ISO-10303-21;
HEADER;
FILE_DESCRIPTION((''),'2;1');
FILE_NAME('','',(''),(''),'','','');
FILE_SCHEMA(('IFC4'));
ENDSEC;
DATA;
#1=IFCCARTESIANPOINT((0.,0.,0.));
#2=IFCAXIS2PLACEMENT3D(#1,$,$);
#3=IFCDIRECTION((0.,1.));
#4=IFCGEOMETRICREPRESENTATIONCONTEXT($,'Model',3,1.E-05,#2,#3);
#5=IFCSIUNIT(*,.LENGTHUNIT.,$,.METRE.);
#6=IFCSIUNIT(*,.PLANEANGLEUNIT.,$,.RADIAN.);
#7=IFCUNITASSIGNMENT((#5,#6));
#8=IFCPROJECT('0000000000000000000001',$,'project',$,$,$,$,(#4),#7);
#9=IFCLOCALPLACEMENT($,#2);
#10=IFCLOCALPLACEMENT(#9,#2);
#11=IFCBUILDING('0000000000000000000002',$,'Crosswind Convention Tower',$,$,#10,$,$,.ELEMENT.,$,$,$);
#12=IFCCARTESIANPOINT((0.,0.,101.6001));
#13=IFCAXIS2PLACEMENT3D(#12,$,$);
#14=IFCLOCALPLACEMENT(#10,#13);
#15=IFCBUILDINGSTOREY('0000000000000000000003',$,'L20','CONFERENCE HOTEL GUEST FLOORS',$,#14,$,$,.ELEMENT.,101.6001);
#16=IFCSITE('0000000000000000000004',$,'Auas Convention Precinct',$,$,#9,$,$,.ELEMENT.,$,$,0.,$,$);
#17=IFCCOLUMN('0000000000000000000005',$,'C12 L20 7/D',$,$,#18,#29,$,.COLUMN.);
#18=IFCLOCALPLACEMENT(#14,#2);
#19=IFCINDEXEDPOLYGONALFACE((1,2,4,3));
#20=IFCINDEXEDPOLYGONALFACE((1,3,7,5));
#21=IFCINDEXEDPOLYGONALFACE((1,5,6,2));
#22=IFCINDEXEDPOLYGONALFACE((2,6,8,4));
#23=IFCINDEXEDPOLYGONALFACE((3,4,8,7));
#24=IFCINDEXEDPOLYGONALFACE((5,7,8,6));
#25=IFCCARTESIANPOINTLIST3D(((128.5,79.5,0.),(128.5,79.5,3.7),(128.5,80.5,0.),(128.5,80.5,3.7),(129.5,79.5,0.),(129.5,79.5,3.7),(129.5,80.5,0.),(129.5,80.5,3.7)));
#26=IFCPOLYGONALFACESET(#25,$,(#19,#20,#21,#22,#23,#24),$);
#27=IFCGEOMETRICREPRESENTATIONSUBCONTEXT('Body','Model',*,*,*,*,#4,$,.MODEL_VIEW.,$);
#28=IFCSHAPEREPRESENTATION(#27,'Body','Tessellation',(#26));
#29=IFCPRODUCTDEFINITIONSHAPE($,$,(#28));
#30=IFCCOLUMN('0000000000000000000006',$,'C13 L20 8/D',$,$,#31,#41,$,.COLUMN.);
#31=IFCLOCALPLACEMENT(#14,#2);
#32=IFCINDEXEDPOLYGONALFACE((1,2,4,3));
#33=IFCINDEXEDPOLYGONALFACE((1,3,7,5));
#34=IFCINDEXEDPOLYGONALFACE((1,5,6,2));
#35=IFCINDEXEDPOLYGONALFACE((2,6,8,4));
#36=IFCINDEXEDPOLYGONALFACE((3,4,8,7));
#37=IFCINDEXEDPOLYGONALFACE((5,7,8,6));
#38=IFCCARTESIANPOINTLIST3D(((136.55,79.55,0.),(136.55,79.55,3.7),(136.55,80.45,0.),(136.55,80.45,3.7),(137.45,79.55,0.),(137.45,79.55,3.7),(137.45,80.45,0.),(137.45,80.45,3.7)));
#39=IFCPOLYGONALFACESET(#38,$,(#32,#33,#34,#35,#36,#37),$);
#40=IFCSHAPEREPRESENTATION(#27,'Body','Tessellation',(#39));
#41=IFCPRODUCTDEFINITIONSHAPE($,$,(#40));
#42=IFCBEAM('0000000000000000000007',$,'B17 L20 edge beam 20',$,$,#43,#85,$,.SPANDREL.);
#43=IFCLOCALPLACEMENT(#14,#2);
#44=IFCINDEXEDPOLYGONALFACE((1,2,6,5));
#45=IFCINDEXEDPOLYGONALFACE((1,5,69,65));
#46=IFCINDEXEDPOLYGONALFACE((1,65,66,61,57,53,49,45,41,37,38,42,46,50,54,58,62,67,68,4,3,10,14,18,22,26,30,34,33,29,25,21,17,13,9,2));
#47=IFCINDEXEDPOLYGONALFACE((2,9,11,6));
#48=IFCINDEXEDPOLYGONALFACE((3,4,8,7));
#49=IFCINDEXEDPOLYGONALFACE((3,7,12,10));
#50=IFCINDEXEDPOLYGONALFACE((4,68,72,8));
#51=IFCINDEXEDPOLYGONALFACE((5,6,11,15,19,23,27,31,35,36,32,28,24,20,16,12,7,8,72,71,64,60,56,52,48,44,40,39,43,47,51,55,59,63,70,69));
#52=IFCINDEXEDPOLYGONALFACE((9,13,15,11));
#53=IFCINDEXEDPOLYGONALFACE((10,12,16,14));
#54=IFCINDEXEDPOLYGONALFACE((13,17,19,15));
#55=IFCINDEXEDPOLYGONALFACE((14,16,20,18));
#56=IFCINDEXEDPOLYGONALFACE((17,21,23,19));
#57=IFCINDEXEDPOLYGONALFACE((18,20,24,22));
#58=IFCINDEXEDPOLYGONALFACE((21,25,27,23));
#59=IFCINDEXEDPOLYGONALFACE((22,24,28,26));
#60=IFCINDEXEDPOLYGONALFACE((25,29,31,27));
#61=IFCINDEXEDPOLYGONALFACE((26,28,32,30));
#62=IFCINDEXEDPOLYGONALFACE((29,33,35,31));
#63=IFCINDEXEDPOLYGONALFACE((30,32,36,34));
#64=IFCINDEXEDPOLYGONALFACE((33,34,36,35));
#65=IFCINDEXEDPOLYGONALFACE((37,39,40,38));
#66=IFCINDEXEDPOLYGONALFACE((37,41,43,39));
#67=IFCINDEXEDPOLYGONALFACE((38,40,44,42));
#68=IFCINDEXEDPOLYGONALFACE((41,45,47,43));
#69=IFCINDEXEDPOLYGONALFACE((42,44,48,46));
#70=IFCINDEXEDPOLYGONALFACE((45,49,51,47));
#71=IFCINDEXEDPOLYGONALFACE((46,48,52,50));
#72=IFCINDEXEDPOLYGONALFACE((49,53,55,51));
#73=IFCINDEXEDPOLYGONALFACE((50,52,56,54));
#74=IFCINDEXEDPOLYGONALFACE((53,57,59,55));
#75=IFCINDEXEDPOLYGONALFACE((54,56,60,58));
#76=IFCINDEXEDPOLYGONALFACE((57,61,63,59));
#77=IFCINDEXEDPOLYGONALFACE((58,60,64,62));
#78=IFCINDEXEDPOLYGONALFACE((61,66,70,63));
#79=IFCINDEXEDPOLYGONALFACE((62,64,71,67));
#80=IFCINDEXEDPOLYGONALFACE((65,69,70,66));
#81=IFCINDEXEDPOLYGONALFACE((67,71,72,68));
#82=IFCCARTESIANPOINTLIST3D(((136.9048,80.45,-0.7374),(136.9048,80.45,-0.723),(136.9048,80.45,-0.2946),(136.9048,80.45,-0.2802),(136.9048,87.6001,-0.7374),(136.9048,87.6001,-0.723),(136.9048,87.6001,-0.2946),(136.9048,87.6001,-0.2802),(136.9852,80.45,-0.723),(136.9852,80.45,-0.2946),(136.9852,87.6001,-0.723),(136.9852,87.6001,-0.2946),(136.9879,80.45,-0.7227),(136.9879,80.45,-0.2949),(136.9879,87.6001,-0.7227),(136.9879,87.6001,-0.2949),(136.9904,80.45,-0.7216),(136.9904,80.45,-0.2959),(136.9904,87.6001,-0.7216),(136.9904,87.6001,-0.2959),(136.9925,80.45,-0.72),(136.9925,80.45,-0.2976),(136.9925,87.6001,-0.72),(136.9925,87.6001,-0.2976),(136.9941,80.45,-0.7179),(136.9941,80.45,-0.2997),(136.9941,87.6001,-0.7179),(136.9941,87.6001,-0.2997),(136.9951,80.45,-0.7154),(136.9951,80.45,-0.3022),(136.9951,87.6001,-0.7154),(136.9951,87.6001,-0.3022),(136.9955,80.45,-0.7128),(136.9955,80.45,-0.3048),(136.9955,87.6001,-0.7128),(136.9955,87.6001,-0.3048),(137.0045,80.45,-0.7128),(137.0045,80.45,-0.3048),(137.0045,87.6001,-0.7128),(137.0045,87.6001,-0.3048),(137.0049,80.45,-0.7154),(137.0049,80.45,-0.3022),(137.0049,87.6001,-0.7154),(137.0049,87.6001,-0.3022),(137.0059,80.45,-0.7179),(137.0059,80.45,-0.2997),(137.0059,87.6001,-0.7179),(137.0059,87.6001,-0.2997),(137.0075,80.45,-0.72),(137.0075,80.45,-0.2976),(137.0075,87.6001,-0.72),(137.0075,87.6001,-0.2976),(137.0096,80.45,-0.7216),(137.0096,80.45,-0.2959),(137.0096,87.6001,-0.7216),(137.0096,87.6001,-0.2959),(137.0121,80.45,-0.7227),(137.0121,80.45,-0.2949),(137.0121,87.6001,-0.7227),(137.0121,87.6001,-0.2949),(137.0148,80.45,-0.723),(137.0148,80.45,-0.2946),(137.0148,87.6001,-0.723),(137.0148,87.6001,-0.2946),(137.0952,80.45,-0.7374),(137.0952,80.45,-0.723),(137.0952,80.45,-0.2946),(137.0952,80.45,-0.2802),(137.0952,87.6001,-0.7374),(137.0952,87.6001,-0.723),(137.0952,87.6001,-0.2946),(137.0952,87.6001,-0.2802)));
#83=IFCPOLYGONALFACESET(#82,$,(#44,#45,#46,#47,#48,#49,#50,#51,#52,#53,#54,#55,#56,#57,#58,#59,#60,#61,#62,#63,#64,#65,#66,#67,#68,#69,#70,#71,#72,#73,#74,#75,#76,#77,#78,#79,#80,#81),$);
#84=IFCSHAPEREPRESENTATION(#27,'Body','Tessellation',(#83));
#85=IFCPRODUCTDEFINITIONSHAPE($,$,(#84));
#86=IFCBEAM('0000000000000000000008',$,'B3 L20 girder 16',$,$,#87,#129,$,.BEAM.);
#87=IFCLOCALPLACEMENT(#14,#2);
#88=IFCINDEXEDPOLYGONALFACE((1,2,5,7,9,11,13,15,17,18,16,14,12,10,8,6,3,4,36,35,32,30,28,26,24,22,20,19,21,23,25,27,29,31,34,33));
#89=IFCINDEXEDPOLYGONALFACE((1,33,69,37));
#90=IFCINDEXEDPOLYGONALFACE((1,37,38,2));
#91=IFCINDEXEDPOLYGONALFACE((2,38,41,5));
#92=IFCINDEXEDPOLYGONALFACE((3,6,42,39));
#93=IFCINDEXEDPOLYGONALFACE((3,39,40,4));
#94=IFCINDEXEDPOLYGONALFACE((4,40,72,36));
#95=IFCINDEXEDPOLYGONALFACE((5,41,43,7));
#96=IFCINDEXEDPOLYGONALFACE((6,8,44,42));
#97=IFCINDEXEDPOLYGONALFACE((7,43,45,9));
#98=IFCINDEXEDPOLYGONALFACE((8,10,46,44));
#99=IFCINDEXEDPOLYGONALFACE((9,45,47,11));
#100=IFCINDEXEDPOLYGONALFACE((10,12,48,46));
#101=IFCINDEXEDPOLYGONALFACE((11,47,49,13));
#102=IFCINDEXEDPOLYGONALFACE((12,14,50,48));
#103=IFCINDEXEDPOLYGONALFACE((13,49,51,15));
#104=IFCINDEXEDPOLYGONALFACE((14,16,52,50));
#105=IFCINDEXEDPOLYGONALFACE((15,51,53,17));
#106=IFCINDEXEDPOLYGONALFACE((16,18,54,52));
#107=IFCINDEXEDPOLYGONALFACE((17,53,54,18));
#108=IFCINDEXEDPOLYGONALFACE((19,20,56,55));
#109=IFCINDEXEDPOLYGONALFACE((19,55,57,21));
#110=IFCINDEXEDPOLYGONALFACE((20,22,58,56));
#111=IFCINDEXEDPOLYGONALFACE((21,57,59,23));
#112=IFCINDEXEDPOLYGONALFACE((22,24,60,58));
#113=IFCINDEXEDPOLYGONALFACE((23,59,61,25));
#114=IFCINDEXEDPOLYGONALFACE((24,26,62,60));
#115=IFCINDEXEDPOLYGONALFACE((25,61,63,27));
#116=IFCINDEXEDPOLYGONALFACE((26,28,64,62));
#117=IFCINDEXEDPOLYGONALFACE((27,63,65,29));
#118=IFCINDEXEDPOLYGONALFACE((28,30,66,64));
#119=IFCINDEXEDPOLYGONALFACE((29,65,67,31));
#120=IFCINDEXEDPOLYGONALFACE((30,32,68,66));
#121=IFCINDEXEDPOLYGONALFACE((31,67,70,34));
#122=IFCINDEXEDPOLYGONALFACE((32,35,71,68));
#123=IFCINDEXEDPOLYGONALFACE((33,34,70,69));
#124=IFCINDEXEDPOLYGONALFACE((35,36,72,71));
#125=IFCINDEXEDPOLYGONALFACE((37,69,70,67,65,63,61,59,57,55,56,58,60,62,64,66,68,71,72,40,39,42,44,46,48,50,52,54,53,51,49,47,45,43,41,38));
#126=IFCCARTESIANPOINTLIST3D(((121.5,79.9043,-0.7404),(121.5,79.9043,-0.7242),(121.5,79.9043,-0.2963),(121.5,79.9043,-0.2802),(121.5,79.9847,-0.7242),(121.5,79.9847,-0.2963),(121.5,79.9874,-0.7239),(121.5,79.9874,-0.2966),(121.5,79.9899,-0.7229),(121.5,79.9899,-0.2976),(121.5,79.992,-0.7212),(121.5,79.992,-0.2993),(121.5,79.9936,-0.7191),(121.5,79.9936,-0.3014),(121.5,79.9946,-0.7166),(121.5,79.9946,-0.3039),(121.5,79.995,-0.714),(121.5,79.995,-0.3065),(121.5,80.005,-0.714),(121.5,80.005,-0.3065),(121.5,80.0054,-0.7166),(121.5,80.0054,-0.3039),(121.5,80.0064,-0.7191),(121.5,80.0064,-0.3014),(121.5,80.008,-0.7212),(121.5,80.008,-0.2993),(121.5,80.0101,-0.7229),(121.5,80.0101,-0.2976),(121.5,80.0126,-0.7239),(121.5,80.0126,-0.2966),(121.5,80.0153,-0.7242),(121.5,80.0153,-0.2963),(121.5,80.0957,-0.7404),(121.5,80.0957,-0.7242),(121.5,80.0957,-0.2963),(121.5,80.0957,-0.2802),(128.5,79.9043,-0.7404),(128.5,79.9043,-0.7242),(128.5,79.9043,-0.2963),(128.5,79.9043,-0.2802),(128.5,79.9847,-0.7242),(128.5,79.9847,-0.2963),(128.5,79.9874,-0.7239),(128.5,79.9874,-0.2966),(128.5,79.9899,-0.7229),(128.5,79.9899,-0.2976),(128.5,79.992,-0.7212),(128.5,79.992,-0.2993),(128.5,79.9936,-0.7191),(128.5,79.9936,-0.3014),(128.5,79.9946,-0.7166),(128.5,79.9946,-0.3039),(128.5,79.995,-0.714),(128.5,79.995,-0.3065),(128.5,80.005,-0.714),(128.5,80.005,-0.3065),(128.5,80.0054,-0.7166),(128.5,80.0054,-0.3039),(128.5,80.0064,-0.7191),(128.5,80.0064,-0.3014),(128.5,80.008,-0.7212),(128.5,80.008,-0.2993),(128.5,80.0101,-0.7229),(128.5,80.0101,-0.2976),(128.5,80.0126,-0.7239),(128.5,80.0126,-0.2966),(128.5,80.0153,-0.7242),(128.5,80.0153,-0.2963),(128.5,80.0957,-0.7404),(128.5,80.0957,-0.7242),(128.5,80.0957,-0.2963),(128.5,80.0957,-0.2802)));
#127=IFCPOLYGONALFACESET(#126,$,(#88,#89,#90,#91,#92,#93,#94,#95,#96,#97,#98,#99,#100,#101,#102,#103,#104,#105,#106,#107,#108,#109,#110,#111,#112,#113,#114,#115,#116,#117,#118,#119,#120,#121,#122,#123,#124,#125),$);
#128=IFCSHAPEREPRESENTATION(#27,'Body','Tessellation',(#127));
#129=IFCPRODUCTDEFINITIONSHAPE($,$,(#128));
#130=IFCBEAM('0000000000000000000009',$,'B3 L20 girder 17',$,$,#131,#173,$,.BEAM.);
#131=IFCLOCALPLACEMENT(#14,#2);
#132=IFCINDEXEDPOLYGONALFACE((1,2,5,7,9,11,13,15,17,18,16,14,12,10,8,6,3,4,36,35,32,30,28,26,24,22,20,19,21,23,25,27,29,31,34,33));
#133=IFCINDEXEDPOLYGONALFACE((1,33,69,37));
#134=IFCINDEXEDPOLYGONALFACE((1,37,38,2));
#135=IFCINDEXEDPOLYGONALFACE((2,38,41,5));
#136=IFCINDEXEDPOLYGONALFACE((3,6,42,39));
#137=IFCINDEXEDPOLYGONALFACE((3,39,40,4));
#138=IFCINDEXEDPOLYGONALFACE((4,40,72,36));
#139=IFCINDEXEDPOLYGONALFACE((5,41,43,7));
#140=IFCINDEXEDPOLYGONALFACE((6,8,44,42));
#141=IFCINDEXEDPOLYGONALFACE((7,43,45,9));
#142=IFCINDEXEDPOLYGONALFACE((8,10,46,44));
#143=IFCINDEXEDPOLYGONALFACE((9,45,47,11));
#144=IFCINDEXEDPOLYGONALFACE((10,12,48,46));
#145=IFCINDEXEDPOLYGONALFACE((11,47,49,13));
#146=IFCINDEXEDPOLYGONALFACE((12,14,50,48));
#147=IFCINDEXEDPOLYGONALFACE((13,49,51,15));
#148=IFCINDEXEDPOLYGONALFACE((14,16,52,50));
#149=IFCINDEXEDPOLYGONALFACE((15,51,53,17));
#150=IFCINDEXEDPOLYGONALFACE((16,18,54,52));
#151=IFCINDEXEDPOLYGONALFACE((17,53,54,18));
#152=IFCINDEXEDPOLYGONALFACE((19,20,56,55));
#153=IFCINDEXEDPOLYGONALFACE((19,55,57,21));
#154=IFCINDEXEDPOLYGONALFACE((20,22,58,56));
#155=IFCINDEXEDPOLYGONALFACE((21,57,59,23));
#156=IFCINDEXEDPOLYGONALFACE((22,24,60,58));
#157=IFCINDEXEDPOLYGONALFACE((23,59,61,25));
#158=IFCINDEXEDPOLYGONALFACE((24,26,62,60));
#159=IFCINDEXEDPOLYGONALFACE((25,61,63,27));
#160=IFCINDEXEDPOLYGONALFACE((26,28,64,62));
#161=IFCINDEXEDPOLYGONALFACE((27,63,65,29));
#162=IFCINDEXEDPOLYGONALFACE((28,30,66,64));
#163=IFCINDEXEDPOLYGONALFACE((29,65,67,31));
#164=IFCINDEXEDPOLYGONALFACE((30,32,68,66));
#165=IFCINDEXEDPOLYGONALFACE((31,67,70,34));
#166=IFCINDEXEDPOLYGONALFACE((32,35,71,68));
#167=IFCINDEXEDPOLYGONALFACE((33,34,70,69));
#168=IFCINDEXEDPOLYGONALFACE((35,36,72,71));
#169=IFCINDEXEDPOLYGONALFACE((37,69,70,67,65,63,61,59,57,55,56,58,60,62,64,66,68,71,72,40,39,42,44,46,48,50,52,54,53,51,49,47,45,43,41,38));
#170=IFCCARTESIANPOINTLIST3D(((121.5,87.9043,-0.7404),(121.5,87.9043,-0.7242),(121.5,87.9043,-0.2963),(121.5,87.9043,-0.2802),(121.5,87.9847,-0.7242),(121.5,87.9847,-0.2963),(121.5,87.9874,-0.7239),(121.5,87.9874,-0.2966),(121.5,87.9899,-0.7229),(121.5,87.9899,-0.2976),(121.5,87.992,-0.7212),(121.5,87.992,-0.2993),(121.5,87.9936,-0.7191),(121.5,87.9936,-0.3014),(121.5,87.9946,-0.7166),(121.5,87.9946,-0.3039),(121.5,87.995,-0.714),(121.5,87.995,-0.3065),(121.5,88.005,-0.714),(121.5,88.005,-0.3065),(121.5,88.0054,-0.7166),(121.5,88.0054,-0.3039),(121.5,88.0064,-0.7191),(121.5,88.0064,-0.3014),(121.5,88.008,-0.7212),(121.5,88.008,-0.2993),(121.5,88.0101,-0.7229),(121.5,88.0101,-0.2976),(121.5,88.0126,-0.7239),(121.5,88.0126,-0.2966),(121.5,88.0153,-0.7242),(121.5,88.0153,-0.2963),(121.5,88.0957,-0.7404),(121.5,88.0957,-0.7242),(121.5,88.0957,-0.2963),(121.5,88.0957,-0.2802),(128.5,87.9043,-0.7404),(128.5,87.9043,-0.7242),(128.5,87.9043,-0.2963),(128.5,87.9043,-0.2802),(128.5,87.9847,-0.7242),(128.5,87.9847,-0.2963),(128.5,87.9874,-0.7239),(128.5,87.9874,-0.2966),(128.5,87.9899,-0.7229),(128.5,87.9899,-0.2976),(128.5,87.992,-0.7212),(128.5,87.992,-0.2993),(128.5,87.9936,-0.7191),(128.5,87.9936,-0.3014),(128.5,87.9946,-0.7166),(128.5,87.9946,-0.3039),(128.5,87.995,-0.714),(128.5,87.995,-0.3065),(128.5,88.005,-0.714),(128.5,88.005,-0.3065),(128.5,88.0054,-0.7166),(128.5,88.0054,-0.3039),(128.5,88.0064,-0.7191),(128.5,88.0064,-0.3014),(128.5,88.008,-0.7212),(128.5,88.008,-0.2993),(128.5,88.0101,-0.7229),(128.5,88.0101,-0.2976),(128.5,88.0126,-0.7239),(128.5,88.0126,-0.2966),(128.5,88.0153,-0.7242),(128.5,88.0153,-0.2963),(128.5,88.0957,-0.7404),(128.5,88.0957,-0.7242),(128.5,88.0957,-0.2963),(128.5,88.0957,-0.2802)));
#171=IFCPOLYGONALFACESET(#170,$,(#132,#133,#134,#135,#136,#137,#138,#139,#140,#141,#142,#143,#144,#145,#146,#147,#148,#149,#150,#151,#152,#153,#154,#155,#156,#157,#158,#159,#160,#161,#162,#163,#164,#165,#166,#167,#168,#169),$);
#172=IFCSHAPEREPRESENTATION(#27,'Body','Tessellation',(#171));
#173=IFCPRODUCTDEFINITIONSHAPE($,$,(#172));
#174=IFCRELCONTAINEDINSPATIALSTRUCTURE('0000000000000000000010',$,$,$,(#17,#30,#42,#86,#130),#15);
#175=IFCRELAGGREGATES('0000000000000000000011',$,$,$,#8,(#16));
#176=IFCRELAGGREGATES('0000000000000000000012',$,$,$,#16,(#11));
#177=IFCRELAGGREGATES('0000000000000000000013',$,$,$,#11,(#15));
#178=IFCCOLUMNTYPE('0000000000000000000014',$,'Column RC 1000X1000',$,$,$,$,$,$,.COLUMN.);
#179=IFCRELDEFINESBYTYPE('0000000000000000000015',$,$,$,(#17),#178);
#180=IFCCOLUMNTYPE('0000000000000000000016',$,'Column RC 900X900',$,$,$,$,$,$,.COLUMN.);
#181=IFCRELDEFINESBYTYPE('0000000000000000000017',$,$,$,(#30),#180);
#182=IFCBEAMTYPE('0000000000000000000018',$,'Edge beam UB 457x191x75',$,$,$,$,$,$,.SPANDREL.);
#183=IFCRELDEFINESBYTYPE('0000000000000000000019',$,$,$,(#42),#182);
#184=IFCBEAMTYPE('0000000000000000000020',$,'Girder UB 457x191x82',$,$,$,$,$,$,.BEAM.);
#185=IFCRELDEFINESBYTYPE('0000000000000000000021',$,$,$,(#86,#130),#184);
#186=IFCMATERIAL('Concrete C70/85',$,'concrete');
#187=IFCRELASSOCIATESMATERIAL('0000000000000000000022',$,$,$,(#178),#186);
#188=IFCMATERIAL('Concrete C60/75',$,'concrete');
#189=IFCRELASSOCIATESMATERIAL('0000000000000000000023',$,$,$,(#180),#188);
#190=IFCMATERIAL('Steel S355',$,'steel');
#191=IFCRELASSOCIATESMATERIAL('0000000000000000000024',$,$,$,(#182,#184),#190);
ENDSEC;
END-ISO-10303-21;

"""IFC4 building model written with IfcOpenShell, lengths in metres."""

from ifc_helpers import new_model, si_unit, direction, frame, origin, origin_2d, place, context, subcontext, project, spatial, rectangle, i_section, extrude, material, material_profile, profile_set, type_object, element, save


model = new_model("IFC4")

# Units and contexts
model_context = context("Model", 3, precision=1e-05, world=origin(), true_north=direction((0.0, 1.0)))
body_context = subcontext(model_context, "Body", "Model", "MODEL_VIEW")
ifc_project = project(units=[si_unit("LENGTHUNIT", "METRE"), si_unit("PLANEANGLEUNIT", "RADIAN")], contexts=[model_context])

# Site, building, storey
site_placement = place(None, origin())
site = spatial("IfcSite", under=ifc_project, at=site_placement, Name="Auas Convention Precinct", CompositionType="ELEMENT", RefElevation=0.0)
building_placement = place(site_placement, origin())
building = spatial("IfcBuilding", under=site, at=building_placement, Name="Crosswind Convention Tower", CompositionType="ELEMENT")
storey_placement = place(building_placement, frame((0.0, 0.0, 101.6001)))
storey = spatial("IfcBuildingStorey", under=building, at=storey_placement, Name="L20", Description="CONFERENCE HOTEL GUEST FLOORS", CompositionType="ELEMENT", Elevation=101.6001)

# Columns
ifc_material_1 = material(Name="Concrete C70/85", Category="concrete")
ifc_material_profile_1 = material_profile(ifc_material_1, rectangle(XDim=1.0, YDim=1.0, at=origin_2d()), Name="RC 1000X1000")
ifc_profile_set_1 = profile_set([ifc_material_profile_1], Name="Concrete C70/85")
column_type_1 = type_object("IfcColumnType", Name="Column RC 1000X1000", PredefinedType="COLUMN", material=ifc_profile_set_1)
column_1_placement = place(storey_placement, frame((129.0, 80.0, 0.0), z_axis=(0.0, 0.0, 1.0), x_axis=(1.0, 0.0, 0.0)))
element("IfcColumn", 1, at=column_1_placement, inside=storey, type_object=column_type_1, Name="C12 L20 7/D", PredefinedType="COLUMN", context=body_context, shape_type="SweptSolid", body=[
    extrude(rectangle(XDim=1.0, YDim=1.0, at=origin_2d()), origin(), (0.0, 0.0, 1.0), 3.7),
])
ifc_material_2 = material(Name="Concrete C60/75", Category="concrete")
ifc_material_profile_2 = material_profile(ifc_material_2, rectangle(XDim=0.8999, YDim=0.8999, at=origin_2d()), Name="RC 900X900")
ifc_profile_set_2 = profile_set([ifc_material_profile_2], Name="Concrete C60/75")
column_type_2 = type_object("IfcColumnType", Name="Column RC 900X900", PredefinedType="COLUMN", material=ifc_profile_set_2)
column_2_placement = place(storey_placement, frame((137.0, 80.0, 0.0), z_axis=(0.0, 0.0, 1.0), x_axis=(1.0, 0.0, 0.0)))
element("IfcColumn", 2, at=column_2_placement, inside=storey, type_object=column_type_2, Name="C13 L20 8/D", PredefinedType="COLUMN", context=body_context, shape_type="SweptSolid", body=[
    extrude(rectangle(XDim=0.8999, YDim=0.8999, at=origin_2d()), origin(), (0.0, 0.0, 1.0), 3.7),
])

# Beams
ifc_material_3 = material(Name="Steel S355", Category="steel")
ifc_material_profile_3 = material_profile(ifc_material_3, i_section(OverallWidth=0.1904, OverallDepth=0.4573, WebThickness=0.009, FlangeThickness=0.0144, FilletRadius=0.0103, at=origin_2d()), Name="UB 457x191x75")
ifc_profile_set_3 = profile_set([ifc_material_profile_3], Name="Steel S355")
beam_type_1 = type_object("IfcBeamType", Name="Edge beam UB 457x191x75", PredefinedType="SPANDREL", material=ifc_profile_set_3)
beam_1_placement = place(storey_placement, frame((137.0, 80.45, -0.5088), z_axis=(0.0, 1.0, 0.0), x_axis=(-1.0, 0.0, 0.0)))
element("IfcBeam", 3, at=beam_1_placement, inside=storey, type_object=beam_type_1, Name="B17 L20 edge beam 20", PredefinedType="SPANDREL", context=body_context, shape_type="SweptSolid", body=[
    extrude(i_section(OverallWidth=0.1904, OverallDepth=0.4573, WebThickness=0.009, FlangeThickness=0.0144, FilletRadius=0.0103, at=origin_2d()), origin(), (0.0, 0.0, 1.0), 7.1501),
])
ifc_material_profile_4 = material_profile(ifc_material_3, i_section(OverallWidth=0.1914, OverallDepth=0.4602, WebThickness=0.01, FlangeThickness=0.0161, FilletRadius=0.0103, at=origin_2d()), Name="UB 457x191x82")
ifc_profile_set_4 = profile_set([ifc_material_profile_4], Name="Steel S355")
beam_type_2 = type_object("IfcBeamType", Name="Girder UB 457x191x82", PredefinedType="BEAM", material=ifc_profile_set_4)
for number, where, z_axis, x_axis, name in (
    (4, (121.5, 80.0, -0.5103), (1.0, 0.0, 0.0), (0.0, 1.0, 0.0), "B3 L20 girder 16"),
    (5, (121.5, 88.0, -0.5103), (1.0, 0.0, 0.0), (0.0, 1.0, 0.0), "B3 L20 girder 17"),
):
    element("IfcBeam", number, at=place(storey_placement, frame(where, z_axis=z_axis, x_axis=x_axis)), inside=storey, type_object=beam_type_2, Name=name, PredefinedType="BEAM", context=body_context, shape_type="SweptSolid", body=[
        extrude(i_section(OverallWidth=0.1914, OverallDepth=0.4602, WebThickness=0.01, FlangeThickness=0.0161, FilletRadius=0.0103, at=origin_2d()), origin(), (0.0, 0.0, 1.0), 7.0),
    ])

save(model, "model.ifc")
